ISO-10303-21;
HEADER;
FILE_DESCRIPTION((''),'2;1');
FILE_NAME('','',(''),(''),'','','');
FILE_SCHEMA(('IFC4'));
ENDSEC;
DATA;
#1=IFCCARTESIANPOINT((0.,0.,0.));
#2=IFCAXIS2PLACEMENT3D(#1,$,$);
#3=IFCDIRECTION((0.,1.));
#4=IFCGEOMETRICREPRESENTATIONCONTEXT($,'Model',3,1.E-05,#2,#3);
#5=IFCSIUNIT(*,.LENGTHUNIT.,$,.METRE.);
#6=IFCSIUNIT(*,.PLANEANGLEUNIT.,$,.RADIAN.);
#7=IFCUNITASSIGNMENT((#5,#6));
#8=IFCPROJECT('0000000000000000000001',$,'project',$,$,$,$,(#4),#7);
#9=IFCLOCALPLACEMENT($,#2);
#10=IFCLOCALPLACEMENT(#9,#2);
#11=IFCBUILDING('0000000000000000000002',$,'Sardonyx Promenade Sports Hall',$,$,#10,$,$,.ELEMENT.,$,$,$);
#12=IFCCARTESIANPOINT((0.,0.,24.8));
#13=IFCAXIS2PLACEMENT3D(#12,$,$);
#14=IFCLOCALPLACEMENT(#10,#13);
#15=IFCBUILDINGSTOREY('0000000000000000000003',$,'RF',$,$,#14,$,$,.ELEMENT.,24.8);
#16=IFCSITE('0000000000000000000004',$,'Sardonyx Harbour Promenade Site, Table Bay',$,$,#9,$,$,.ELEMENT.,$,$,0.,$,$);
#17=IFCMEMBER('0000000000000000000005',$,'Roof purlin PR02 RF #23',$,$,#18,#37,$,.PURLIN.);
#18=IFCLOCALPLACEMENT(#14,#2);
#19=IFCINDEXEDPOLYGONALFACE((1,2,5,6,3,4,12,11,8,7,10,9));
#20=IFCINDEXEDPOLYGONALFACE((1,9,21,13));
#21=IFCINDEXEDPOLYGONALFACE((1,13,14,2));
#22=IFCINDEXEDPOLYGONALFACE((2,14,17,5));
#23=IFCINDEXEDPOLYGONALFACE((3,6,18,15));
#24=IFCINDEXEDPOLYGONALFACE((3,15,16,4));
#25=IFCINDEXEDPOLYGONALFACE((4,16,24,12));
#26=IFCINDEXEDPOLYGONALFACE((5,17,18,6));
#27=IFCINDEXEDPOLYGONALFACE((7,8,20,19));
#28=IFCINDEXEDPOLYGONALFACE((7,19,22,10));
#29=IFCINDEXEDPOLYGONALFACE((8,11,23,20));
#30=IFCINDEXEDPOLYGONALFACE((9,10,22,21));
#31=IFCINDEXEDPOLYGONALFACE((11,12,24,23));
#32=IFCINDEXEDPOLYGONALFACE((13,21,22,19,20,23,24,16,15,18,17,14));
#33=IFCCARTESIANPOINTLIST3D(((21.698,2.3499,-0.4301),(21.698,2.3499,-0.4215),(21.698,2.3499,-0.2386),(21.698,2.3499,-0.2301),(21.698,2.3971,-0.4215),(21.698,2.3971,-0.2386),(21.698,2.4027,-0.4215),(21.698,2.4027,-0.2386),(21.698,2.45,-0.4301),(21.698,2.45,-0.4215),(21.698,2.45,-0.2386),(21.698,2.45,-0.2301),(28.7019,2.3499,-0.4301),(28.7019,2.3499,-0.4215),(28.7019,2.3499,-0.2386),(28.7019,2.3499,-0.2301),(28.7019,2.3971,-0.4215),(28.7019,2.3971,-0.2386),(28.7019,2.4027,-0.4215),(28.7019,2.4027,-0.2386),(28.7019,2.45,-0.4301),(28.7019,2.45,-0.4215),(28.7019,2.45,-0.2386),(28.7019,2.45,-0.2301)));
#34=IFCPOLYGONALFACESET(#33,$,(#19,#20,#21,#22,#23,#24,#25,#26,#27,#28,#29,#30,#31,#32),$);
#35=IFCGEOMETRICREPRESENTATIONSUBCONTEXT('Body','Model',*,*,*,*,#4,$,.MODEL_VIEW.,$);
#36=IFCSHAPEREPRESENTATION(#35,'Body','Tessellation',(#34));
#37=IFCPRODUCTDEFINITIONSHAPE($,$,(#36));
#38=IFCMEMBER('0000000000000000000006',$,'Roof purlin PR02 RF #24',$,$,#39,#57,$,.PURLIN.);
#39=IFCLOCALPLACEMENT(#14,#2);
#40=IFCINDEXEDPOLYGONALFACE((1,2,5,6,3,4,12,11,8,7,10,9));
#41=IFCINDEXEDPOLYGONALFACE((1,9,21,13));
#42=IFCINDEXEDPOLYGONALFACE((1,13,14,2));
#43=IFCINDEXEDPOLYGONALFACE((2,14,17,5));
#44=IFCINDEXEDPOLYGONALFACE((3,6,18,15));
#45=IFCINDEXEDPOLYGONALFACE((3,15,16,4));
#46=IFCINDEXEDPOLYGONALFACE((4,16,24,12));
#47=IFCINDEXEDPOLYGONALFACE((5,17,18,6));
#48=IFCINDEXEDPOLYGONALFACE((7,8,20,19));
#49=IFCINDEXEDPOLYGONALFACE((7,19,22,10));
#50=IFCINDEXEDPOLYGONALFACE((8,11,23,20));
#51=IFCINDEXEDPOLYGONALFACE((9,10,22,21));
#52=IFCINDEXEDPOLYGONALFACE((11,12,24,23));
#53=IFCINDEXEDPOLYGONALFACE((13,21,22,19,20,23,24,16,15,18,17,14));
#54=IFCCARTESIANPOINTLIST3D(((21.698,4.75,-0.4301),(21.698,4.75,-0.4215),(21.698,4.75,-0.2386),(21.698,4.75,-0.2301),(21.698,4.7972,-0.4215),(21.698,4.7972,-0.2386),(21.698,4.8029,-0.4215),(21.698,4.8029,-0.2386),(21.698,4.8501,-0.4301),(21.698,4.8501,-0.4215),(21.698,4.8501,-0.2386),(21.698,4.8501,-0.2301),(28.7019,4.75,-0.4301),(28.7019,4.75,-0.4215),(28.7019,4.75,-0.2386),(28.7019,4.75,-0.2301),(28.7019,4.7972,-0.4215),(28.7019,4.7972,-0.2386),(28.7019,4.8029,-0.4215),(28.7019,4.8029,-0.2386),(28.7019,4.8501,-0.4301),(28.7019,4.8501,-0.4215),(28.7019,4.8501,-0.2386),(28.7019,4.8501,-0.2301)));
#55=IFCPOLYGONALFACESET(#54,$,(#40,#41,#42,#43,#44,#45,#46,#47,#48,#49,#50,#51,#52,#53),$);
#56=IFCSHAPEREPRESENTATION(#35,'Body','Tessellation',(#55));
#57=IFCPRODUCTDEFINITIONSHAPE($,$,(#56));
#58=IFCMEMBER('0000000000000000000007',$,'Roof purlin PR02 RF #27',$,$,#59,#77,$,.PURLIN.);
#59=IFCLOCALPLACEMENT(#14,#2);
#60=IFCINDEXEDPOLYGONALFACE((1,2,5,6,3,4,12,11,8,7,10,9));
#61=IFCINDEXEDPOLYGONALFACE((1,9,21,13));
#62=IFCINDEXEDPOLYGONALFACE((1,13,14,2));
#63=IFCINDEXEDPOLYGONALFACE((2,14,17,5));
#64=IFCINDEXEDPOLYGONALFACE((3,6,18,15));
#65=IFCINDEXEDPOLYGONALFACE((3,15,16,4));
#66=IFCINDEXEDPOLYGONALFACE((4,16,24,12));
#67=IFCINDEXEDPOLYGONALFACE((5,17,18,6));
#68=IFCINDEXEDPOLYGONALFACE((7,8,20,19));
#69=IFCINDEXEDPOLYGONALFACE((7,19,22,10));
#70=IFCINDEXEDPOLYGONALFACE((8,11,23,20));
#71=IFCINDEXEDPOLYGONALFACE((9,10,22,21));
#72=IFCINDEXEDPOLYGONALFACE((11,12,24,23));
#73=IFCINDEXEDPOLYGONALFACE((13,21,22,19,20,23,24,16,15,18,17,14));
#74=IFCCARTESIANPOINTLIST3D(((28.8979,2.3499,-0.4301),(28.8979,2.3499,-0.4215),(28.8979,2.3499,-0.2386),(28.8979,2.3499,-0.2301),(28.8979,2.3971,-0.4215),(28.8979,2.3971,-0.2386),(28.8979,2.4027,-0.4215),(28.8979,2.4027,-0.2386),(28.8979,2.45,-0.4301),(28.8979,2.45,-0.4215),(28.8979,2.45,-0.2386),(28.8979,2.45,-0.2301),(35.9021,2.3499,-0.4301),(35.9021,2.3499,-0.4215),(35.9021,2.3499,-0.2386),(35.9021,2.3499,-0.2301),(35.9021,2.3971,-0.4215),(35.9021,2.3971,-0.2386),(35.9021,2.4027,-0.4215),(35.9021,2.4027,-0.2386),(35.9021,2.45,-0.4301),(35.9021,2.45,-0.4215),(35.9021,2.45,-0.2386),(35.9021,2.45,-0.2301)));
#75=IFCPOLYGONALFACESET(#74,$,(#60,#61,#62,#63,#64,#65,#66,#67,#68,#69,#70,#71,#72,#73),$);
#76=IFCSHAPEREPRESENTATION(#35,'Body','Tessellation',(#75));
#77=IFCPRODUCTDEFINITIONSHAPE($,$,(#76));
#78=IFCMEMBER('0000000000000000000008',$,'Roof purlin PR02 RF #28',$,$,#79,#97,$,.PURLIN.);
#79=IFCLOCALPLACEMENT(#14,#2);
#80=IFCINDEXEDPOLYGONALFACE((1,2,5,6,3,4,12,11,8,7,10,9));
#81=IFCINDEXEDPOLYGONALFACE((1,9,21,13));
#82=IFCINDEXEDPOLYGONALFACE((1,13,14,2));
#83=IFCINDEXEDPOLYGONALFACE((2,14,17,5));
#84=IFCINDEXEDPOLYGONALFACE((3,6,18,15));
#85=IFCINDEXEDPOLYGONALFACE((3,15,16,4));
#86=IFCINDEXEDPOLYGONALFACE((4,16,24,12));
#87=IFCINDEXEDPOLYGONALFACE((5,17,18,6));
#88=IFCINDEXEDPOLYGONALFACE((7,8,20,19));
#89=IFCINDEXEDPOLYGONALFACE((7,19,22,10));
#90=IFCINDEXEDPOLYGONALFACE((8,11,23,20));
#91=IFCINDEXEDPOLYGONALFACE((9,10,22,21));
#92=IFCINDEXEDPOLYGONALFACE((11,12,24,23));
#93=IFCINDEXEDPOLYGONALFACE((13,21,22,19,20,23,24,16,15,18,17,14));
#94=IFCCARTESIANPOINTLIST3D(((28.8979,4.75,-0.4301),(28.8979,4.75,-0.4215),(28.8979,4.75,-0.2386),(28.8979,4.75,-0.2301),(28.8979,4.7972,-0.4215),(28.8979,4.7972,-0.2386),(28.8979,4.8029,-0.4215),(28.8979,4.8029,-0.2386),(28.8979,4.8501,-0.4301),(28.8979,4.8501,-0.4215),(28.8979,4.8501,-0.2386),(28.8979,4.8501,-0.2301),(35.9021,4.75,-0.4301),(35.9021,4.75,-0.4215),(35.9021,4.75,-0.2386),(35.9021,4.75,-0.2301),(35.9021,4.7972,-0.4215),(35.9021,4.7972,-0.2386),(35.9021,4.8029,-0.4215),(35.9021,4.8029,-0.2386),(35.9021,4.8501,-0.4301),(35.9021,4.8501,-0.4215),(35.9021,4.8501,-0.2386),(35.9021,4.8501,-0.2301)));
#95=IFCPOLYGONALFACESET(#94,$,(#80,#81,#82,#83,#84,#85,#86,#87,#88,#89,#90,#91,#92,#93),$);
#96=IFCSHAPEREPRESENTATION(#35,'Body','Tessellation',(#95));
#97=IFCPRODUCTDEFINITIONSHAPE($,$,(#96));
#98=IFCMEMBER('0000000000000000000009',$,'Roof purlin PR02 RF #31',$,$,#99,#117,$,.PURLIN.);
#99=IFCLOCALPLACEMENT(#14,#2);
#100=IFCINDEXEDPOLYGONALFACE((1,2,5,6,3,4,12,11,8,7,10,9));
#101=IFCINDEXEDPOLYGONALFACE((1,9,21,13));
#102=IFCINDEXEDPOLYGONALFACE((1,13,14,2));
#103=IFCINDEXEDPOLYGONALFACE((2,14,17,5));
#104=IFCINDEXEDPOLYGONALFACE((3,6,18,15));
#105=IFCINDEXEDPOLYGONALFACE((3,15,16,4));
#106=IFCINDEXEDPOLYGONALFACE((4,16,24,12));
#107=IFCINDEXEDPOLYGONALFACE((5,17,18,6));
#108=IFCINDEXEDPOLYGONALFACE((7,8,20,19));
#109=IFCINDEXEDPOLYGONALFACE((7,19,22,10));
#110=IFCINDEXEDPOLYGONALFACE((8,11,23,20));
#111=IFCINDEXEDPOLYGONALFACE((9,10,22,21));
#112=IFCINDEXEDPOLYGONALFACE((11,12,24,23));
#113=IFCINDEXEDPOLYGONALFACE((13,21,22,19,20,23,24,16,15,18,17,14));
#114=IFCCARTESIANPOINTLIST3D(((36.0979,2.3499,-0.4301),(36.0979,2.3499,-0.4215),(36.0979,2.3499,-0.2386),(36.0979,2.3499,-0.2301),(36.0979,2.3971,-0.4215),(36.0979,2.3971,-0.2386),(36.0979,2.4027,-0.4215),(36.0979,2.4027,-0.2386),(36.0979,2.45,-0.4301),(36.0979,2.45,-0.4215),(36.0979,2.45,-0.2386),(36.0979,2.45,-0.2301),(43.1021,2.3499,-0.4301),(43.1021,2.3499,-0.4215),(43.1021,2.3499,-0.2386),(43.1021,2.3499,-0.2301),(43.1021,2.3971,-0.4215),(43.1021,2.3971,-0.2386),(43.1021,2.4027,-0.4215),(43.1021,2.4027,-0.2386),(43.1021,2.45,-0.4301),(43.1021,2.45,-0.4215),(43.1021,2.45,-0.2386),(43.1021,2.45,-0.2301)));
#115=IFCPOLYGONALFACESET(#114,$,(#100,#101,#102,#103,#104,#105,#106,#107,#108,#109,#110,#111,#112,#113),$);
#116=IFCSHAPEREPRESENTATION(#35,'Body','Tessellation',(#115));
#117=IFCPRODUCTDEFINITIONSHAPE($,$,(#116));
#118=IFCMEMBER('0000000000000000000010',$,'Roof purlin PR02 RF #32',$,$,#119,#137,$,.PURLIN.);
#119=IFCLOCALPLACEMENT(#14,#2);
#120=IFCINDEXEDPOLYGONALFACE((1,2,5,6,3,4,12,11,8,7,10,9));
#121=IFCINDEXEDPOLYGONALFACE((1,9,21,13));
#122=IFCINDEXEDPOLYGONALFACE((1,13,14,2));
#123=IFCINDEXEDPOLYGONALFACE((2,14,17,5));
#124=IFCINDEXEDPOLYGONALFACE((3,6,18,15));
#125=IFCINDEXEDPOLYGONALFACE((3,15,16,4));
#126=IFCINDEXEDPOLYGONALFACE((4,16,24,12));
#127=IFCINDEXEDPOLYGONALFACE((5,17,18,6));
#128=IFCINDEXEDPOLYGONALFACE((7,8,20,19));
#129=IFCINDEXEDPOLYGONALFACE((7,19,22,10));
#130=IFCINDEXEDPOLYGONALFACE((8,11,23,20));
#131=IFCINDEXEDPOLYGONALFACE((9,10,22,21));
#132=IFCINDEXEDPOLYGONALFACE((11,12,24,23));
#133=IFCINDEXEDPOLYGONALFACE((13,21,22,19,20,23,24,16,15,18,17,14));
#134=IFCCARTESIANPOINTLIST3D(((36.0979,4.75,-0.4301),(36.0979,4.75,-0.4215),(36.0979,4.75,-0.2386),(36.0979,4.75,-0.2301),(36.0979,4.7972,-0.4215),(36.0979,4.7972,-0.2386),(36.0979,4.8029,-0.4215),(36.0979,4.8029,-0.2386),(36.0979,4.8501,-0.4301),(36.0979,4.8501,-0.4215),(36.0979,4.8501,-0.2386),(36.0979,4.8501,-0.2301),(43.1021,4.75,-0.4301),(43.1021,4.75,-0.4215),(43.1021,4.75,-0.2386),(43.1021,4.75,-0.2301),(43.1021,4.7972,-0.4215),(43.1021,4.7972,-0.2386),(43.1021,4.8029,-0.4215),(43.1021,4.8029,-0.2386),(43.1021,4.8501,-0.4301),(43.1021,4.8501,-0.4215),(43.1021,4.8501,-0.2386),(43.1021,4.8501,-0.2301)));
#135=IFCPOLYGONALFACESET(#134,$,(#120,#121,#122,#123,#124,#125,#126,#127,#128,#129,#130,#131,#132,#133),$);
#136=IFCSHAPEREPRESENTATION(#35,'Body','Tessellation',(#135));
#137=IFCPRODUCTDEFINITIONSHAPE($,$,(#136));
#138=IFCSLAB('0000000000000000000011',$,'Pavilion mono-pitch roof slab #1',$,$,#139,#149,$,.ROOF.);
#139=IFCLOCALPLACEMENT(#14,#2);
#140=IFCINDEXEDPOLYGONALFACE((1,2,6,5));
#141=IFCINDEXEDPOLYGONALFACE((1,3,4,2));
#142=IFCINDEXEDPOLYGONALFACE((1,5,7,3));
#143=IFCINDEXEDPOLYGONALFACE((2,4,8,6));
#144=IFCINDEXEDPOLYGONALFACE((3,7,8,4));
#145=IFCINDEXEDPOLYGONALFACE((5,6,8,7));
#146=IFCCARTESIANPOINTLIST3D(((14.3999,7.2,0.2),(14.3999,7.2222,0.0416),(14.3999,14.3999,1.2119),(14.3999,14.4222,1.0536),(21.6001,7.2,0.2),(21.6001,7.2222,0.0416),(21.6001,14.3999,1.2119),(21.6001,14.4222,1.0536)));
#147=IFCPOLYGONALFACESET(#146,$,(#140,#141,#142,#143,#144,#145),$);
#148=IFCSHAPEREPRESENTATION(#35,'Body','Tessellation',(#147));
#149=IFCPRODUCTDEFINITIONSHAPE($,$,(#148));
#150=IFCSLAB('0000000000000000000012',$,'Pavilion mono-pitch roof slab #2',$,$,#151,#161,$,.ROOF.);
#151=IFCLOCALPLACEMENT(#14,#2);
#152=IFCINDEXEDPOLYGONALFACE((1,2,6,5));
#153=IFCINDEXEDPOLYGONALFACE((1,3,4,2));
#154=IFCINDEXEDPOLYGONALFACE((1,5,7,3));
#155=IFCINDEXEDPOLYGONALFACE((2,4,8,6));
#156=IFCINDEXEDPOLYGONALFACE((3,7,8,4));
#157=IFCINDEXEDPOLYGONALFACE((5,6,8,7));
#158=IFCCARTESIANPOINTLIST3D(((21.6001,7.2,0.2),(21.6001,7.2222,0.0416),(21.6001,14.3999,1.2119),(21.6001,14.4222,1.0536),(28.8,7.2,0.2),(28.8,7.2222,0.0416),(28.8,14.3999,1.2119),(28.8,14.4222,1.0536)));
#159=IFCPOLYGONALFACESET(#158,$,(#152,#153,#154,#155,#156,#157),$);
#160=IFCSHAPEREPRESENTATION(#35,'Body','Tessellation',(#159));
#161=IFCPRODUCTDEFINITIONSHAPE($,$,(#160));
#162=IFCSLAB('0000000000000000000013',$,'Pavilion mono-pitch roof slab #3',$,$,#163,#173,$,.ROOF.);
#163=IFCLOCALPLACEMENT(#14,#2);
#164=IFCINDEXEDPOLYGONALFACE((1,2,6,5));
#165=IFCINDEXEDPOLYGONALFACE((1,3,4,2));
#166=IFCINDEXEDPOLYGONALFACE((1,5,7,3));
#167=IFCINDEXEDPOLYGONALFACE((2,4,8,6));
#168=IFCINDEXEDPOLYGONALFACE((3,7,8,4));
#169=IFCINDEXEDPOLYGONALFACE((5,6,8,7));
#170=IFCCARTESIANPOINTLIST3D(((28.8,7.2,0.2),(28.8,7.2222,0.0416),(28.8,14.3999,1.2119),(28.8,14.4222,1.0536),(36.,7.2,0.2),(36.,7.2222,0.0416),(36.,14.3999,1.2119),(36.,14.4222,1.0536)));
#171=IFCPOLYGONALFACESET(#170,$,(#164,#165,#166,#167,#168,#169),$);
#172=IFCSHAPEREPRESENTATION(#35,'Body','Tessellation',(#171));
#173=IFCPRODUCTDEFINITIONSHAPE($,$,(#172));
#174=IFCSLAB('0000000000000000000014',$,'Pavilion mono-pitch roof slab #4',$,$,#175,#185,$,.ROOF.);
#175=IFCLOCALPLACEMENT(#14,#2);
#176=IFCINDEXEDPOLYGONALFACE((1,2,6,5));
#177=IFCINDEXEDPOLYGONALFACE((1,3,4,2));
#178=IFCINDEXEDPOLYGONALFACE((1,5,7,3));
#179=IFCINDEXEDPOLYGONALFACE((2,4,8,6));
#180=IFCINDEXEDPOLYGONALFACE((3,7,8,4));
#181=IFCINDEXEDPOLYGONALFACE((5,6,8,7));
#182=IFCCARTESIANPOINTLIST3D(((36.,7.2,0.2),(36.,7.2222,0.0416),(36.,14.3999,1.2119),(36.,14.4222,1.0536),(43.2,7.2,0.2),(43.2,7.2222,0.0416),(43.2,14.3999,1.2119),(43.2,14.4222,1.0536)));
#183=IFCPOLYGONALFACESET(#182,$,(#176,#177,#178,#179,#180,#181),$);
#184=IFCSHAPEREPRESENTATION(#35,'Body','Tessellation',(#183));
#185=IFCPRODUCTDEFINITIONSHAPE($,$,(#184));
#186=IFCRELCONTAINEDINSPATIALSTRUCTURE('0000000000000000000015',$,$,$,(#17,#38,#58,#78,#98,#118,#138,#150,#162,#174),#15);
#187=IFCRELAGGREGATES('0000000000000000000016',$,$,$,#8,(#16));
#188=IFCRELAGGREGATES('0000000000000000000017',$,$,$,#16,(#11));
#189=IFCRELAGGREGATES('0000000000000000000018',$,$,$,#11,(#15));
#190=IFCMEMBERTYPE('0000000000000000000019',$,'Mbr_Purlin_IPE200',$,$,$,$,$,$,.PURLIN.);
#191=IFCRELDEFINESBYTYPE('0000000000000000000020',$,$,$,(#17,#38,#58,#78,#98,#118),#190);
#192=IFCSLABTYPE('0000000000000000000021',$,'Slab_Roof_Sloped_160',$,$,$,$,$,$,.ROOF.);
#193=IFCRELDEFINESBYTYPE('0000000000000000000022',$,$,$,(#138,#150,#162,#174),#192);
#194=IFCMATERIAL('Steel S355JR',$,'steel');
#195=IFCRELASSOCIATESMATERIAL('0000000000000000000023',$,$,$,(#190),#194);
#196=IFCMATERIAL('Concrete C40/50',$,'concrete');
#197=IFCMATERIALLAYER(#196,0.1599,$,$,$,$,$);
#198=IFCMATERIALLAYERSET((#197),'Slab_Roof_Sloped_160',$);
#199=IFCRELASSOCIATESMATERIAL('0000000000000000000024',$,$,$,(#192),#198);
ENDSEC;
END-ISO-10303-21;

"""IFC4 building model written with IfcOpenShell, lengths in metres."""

from ifc_helpers import new_model, si_unit, direction, frame, origin, origin_2d, place, context, subcontext, project, spatial, polyline, i_section, outline, extrude, material, layer, layer_set, material_profile, profile_set, type_object, element, save


model = new_model("IFC4")

# Units and contexts
model_context = context("Model", 3, precision=1e-05, world=origin(), true_north=direction((0.0, 1.0)))
body_context = subcontext(model_context, "Body", "Model", "MODEL_VIEW")
ifc_project = project(units=[si_unit("LENGTHUNIT", "METRE"), si_unit("PLANEANGLEUNIT", "RADIAN")], contexts=[model_context])

# Site, building, storey
site_placement = place(None, origin())
site = spatial("IfcSite", under=ifc_project, at=site_placement, Name="Sardonyx Harbour Promenade Site, Table Bay", CompositionType="ELEMENT", RefElevation=0.0)
building_placement = place(site_placement, origin())
building = spatial("IfcBuilding", under=site, at=building_placement, Name="Sardonyx Promenade Sports Hall", CompositionType="ELEMENT")
storey_placement = place(building_placement, frame((0.0, 0.0, 24.8)))
storey = spatial("IfcBuildingStorey", under=building, at=storey_placement, Name="RF", CompositionType="ELEMENT", Elevation=24.8)

# Members
ifc_material_1 = material(Name="Steel S355JR", Category="steel")
ifc_material_profile_1 = material_profile(ifc_material_1, i_section(OverallWidth=0.1001, OverallDepth=0.2, WebThickness=0.0056, FlangeThickness=0.0085, at=origin_2d()))
ifc_profile_set_1 = profile_set([ifc_material_profile_1], Name="Steel S355JR")
member_type = type_object("IfcMemberType", Name="Mbr_Purlin_IPE200", PredefinedType="PURLIN", material=ifc_profile_set_1)
for number, where, z_axis, x_axis, name in (
    (1, (21.698, 2.3999, -0.3301), (1.0, 0.0, 0.0), (0.0, 1.0, 0.0), "Roof purlin PR02 RF #23"),
    (2, (21.698, 4.8, -0.3301), (1.0, 0.0, 0.0), (0.0, 1.0, 0.0), "Roof purlin PR02 RF #24"),
):
    element("IfcMember", number, at=place(storey_placement, frame(where, z_axis=z_axis, x_axis=x_axis)), inside=storey, type_object=member_type, Name=name, PredefinedType="PURLIN", context=body_context, shape_type="SweptSolid", body=[
        extrude(i_section(OverallWidth=0.1001, OverallDepth=0.2, WebThickness=0.0056, FlangeThickness=0.0085, at=origin_2d()), origin(), (0.0, 0.0, 1.0), 7.0039),
    ])
for number, where, z_axis, x_axis, name in (
    (3, (28.8979, 2.3999, -0.3301), (1.0, 0.0, 0.0), (0.0, 1.0, 0.0), "Roof purlin PR02 RF #27"),
    (4, (28.8979, 4.8, -0.3301), (1.0, 0.0, 0.0), (0.0, 1.0, 0.0), "Roof purlin PR02 RF #28"),
    (5, (36.0979, 2.3999, -0.3301), (1.0, 0.0, 0.0), (0.0, 1.0, 0.0), "Roof purlin PR02 RF #31"),
    (6, (36.0979, 4.8, -0.3301), (1.0, 0.0, 0.0), (0.0, 1.0, 0.0), "Roof purlin PR02 RF #32"),
):
    element("IfcMember", number, at=place(storey_placement, frame(where, z_axis=z_axis, x_axis=x_axis)), inside=storey, type_object=member_type, Name=name, PredefinedType="PURLIN", context=body_context, shape_type="SweptSolid", body=[
        extrude(i_section(OverallWidth=0.1001, OverallDepth=0.2, WebThickness=0.0056, FlangeThickness=0.0085, at=origin_2d()), origin(), (0.0, 0.0, 1.0), 7.0042),
    ])

# Slabs
ifc_material_2 = material(Name="Concrete C40/50", Category="concrete")
ifc_layer = layer(ifc_material_2, 0.1599)
ifc_layer_set = layer_set([ifc_layer], Name="Slab_Roof_Sloped_160")
slab_type = type_object("IfcSlabType", Name="Slab_Roof_Sloped_160", PredefinedType="ROOF", material=ifc_layer_set)
slab_placement = place(storey_placement, frame((14.3999, 7.2, 0.2), z_axis=(0.0, -0.139183, 0.990267), x_axis=(1.0, 0.0, 0.0)))
element("IfcSlab", 7, at=slab_placement, inside=storey, type_object=slab_type, Name="Pavilion mono-pitch roof slab #1", PredefinedType="ROOF", context=body_context, shape_type="SweptSolid", body=[
    extrude(outline(polyline([(0.0, 0.0), (7.2002, 0.0), (7.2002, 7.2707), (0.0, 7.2707), (0.0, 0.0)])), origin(), (0.0, 0.0, -1.0), 0.1599),
])
for number, where, z_axis, x_axis, name in (
    (8, (21.6001, 7.2, 0.2), (0.0, -0.139183, 0.990267), (1.0, 0.0, 0.0), "Pavilion mono-pitch roof slab #2"),
    (9, (28.8, 7.2, 0.2), (0.0, -0.139183, 0.990267), (1.0, 0.0, 0.0), "Pavilion mono-pitch roof slab #3"),
    (10, (36.0, 7.2, 0.2), (0.0, -0.139183, 0.990267), (1.0, 0.0, 0.0), "Pavilion mono-pitch roof slab #4"),
):
    element("IfcSlab", number, at=place(storey_placement, frame(where, z_axis=z_axis, x_axis=x_axis)), inside=storey, type_object=slab_type, Name=name, PredefinedType="ROOF", context=body_context, shape_type="SweptSolid", body=[
        extrude(outline(polyline([(0.0, 0.0), (7.2, 0.0), (7.2, 7.2707), (0.0, 7.2707), (0.0, 0.0)])), origin(), (0.0, 0.0, -1.0), 0.1599),
    ])

save(model, "model.ifc")
